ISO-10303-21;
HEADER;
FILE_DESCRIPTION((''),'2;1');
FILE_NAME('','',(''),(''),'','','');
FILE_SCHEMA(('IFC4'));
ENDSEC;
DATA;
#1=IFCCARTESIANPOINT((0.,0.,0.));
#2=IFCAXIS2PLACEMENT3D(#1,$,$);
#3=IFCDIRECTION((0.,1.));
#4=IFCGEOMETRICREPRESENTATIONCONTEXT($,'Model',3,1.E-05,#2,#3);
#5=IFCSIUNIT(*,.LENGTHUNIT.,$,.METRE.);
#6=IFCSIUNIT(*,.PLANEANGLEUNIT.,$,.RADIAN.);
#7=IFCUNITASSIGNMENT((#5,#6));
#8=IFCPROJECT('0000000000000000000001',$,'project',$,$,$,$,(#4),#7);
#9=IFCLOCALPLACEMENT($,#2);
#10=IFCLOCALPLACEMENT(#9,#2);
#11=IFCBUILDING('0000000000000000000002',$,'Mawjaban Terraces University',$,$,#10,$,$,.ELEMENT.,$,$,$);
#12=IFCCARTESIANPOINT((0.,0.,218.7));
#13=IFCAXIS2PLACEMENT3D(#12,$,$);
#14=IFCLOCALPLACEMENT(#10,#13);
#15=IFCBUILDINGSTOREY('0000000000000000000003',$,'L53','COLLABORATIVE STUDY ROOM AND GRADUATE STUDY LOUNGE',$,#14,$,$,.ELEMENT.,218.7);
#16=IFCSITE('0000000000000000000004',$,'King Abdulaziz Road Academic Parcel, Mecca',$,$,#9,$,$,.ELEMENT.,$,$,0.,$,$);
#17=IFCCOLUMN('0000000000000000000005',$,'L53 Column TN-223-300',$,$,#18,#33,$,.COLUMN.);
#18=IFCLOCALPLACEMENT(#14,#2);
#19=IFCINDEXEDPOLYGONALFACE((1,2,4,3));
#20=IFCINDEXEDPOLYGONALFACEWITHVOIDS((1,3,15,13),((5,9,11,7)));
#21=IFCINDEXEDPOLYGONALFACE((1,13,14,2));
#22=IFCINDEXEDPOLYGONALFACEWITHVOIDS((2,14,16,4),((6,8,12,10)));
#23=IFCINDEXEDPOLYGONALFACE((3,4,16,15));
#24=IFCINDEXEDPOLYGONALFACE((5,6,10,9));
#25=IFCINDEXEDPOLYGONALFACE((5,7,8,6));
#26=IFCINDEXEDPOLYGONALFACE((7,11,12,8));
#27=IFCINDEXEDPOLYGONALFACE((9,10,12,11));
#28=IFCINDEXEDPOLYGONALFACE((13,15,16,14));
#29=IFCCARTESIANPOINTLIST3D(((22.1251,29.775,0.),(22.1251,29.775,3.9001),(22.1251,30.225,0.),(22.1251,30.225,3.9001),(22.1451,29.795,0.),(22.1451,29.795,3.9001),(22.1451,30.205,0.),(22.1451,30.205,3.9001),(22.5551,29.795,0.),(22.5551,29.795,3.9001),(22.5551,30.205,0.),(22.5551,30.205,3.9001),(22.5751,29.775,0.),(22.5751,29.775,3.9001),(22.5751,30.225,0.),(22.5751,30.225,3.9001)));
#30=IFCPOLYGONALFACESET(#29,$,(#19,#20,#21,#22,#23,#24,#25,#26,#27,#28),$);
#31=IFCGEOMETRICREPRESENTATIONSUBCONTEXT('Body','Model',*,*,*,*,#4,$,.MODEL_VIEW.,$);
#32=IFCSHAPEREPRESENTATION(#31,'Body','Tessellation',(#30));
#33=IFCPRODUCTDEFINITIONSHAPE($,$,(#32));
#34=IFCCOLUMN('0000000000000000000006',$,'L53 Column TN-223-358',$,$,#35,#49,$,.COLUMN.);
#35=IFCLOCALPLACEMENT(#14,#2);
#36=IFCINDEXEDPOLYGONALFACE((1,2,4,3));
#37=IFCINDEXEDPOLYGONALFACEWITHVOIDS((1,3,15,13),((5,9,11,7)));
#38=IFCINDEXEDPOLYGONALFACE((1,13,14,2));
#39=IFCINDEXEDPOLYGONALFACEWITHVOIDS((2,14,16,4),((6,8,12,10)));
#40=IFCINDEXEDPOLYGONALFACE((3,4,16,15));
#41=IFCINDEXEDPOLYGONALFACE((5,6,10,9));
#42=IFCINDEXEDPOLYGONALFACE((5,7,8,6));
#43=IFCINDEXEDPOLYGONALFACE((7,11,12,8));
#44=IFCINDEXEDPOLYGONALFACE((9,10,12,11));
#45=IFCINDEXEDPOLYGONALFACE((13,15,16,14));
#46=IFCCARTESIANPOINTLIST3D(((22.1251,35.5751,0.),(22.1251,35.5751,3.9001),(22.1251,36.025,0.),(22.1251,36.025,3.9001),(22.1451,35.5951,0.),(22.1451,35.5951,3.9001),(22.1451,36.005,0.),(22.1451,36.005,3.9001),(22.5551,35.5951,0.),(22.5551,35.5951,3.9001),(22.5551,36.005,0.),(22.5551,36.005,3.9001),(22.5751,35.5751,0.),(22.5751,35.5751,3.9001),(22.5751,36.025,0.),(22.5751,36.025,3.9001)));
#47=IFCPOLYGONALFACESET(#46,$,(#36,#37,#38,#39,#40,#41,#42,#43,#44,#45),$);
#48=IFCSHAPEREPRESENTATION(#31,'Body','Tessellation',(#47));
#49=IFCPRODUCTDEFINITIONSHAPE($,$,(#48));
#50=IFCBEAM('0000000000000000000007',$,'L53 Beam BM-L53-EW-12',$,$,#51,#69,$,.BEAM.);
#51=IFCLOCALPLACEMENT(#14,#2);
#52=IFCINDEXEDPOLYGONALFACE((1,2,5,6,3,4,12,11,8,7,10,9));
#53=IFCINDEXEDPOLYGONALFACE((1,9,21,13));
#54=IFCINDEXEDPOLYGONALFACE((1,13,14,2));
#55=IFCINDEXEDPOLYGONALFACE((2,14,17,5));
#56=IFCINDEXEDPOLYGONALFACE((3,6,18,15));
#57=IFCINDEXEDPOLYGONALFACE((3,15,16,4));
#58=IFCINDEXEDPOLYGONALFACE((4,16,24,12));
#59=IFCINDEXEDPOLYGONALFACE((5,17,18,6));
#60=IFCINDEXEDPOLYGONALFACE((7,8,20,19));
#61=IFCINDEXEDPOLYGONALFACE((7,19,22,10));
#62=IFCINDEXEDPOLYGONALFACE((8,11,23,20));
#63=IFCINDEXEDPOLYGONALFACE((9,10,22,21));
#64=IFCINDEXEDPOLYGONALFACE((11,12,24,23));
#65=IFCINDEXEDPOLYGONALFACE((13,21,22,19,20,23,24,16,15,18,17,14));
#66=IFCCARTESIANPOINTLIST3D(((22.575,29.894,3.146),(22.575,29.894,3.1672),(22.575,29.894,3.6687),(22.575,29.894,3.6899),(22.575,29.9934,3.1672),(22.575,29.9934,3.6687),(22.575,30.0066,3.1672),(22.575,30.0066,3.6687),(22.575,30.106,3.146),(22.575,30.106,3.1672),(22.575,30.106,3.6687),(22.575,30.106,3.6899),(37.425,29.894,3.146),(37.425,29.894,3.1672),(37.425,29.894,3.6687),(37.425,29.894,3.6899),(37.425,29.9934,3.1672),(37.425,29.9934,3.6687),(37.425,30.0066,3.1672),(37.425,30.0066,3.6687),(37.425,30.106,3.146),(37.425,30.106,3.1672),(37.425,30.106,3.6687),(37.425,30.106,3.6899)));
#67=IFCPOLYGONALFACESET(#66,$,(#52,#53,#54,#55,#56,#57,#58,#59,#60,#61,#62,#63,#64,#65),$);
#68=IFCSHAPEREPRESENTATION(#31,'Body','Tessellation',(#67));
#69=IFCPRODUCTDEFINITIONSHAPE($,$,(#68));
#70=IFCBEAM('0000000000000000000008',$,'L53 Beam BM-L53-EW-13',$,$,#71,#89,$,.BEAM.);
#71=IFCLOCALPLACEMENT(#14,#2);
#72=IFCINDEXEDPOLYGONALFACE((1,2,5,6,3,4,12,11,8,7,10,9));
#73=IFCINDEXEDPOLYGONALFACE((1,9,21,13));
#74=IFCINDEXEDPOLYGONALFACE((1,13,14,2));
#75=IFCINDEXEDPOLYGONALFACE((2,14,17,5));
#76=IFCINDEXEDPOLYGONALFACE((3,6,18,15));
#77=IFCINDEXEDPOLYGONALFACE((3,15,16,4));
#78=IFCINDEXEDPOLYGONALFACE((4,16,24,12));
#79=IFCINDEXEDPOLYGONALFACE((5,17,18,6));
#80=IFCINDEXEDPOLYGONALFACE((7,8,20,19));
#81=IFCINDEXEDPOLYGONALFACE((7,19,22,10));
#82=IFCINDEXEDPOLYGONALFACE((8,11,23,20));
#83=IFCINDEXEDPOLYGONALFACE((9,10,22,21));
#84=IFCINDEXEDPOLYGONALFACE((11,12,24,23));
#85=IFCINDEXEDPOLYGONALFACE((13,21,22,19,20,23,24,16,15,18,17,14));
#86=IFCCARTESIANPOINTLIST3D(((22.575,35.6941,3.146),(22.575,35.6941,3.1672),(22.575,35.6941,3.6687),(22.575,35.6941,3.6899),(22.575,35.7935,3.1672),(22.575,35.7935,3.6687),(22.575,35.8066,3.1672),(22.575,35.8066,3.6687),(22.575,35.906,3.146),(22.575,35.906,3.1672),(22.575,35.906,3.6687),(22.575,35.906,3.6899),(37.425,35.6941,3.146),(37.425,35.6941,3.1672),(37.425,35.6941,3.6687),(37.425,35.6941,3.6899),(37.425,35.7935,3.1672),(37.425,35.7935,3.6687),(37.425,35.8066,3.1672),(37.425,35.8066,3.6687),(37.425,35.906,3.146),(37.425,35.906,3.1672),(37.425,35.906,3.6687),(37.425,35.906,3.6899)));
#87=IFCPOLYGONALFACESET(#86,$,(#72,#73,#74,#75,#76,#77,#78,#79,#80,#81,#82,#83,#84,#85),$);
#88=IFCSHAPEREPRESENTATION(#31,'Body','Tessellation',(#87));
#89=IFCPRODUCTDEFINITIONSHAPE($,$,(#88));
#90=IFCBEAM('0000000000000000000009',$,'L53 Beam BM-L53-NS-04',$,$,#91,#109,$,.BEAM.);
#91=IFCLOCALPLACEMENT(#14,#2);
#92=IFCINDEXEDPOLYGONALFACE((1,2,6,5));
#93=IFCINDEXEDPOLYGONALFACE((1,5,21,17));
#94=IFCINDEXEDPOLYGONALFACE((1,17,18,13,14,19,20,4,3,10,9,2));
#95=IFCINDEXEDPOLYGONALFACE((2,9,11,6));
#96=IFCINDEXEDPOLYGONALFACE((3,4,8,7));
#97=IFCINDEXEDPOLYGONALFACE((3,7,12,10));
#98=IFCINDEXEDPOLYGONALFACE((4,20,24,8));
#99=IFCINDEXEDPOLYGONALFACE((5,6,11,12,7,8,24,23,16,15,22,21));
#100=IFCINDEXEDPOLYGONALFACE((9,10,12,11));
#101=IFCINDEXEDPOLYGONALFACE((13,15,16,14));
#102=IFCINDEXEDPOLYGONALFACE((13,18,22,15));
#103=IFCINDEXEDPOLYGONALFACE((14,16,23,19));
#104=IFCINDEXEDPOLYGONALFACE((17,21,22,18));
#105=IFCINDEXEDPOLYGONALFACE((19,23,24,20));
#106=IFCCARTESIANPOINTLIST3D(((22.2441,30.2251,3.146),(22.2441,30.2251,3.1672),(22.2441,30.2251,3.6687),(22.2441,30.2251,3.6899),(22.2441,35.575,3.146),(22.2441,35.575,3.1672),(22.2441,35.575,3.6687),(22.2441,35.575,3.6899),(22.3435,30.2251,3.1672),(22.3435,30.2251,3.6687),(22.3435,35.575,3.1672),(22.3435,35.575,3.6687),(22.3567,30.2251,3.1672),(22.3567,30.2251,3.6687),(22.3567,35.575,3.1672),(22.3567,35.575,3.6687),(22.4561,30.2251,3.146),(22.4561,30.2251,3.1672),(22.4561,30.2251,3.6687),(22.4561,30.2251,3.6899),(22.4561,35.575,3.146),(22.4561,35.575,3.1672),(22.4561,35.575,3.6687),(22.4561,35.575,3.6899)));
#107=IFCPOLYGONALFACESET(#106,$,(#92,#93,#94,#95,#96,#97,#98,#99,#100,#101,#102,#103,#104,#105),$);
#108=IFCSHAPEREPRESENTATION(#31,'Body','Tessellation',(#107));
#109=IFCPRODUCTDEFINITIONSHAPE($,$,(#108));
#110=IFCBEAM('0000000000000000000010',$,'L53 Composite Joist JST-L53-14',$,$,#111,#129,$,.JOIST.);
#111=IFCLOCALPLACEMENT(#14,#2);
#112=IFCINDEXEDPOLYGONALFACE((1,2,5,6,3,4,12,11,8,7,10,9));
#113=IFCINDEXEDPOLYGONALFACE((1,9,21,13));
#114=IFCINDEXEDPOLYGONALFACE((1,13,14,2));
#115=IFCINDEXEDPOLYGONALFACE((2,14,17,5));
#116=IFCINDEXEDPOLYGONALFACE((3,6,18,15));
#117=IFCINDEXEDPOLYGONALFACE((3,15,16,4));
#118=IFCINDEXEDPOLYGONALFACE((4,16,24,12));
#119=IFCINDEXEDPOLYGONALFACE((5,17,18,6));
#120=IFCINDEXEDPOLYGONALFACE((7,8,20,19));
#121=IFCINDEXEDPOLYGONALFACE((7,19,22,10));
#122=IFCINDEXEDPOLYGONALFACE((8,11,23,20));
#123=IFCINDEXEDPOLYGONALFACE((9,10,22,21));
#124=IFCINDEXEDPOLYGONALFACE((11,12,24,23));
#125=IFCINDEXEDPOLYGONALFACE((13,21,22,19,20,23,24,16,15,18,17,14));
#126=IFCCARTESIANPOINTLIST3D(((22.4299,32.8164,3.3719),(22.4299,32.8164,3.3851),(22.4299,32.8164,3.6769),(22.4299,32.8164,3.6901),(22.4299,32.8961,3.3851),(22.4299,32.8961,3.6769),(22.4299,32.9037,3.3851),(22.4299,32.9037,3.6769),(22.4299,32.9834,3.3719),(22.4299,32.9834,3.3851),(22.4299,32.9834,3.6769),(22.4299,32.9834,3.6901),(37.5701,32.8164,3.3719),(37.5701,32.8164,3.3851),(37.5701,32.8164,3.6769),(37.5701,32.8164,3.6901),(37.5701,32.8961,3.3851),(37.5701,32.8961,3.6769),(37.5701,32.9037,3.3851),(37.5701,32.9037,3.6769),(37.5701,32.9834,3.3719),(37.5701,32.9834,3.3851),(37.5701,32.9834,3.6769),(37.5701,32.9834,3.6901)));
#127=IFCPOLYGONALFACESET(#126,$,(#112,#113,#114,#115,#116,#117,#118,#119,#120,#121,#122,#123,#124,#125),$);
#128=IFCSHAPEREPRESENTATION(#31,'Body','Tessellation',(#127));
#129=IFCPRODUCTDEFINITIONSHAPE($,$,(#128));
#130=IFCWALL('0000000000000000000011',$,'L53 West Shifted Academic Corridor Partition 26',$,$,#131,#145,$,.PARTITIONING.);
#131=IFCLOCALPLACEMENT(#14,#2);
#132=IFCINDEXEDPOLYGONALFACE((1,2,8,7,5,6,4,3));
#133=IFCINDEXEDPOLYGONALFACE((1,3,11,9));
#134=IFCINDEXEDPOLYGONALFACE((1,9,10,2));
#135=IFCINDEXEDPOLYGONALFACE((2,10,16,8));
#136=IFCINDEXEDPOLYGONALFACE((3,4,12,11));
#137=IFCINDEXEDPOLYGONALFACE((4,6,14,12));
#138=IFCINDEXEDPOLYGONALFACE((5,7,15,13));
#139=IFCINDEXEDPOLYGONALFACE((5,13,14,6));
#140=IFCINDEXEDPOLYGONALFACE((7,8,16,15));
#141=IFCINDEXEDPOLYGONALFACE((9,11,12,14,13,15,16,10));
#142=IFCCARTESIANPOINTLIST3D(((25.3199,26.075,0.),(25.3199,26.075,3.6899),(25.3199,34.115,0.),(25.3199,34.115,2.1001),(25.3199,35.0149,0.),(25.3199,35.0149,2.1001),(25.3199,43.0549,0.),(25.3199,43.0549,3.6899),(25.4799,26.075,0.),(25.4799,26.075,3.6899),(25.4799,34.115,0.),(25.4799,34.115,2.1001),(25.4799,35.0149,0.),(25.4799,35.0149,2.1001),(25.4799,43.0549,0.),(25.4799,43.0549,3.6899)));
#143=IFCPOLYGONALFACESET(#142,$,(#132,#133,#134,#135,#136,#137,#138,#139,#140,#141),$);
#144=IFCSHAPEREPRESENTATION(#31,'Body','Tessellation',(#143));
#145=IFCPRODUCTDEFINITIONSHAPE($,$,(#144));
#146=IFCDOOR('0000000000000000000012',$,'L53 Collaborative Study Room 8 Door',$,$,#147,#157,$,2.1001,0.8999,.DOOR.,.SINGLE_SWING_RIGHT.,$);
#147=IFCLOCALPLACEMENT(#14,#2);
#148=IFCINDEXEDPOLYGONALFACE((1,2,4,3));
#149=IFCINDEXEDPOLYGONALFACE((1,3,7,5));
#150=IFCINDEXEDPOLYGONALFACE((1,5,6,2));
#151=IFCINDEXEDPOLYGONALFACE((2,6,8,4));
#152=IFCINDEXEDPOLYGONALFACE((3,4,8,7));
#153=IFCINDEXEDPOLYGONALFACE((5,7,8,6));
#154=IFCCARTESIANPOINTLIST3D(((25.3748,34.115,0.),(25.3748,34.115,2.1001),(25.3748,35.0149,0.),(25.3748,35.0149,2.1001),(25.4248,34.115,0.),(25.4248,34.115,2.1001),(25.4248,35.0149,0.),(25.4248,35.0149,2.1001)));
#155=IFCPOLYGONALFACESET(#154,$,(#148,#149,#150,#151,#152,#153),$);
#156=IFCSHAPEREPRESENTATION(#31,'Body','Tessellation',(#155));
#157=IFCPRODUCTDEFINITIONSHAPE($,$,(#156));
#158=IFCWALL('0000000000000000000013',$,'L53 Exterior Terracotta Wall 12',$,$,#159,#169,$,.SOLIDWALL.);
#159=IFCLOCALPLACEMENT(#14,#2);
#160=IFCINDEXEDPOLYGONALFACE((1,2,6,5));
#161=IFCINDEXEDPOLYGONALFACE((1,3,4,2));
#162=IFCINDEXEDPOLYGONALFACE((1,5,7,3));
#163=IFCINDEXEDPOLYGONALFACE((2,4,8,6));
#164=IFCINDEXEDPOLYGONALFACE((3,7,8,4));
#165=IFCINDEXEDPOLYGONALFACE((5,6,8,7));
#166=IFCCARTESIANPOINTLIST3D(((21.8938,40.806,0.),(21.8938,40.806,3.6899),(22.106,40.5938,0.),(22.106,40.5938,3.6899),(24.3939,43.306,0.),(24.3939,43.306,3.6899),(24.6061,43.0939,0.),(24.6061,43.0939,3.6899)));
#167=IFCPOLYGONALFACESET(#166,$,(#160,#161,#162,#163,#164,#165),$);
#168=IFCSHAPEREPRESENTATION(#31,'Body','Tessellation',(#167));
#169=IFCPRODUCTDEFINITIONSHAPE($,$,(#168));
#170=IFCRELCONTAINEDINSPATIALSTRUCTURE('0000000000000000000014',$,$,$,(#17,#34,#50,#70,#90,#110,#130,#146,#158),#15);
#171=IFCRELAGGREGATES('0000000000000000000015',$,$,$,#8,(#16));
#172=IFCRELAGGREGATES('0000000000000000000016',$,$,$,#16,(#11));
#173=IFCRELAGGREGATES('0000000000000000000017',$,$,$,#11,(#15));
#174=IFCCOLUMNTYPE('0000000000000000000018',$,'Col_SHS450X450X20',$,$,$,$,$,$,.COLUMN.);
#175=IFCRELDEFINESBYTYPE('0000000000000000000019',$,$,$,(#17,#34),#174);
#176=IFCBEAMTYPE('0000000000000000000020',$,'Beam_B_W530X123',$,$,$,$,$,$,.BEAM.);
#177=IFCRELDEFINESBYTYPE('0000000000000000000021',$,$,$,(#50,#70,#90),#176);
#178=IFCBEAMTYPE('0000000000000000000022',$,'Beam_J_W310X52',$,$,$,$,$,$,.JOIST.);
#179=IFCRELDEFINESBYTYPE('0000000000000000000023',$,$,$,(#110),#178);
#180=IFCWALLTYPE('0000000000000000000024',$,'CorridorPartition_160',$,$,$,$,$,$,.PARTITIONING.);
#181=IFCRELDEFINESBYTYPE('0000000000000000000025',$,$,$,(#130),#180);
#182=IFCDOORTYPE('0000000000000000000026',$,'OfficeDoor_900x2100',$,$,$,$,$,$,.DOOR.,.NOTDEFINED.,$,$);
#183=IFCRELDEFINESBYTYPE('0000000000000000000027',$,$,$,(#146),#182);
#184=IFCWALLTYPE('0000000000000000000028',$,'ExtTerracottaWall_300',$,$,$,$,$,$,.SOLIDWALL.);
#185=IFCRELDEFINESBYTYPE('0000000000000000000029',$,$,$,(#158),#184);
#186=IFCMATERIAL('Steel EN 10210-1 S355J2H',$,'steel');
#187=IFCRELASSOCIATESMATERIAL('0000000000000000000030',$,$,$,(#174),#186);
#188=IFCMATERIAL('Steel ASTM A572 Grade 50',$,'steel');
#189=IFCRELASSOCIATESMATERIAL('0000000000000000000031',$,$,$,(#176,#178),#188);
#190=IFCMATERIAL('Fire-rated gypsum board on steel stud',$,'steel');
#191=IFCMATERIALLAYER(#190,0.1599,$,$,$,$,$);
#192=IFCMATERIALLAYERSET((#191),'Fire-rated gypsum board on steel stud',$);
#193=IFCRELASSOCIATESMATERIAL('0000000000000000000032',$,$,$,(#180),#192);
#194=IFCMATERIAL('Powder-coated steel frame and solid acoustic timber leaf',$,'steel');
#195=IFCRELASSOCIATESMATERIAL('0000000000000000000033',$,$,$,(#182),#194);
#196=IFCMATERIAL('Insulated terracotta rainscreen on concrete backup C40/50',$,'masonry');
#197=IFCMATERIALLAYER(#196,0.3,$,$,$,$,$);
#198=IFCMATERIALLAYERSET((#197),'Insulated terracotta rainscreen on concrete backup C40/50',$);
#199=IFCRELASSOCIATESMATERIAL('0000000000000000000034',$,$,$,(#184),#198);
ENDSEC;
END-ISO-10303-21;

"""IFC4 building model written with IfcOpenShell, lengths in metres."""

from ifc_helpers import new_model, si_unit, direction, frame, frame_2d, origin, origin_2d, place, context, subcontext, project, spatial, rectangle, hollow_rectangle, i_section, extrude, material, layer, layer_set, material_profile, profile_set, type_object, element, fill, save


model = new_model("IFC4")

# Units and contexts
model_context = context("Model", 3, precision=1e-05, world=origin(), true_north=direction((0.0, 1.0)))
body_context = subcontext(model_context, "Body", "Model", "MODEL_VIEW")
ifc_project = project(units=[si_unit("LENGTHUNIT", "METRE"), si_unit("PLANEANGLEUNIT", "RADIAN")], contexts=[model_context])

# Site, building, storey
site_placement = place(None, origin())
site = spatial("IfcSite", under=ifc_project, at=site_placement, Name="King Abdulaziz Road Academic Parcel, Mecca", CompositionType="ELEMENT", RefElevation=0.0)
building_placement = place(site_placement, origin())
building = spatial("IfcBuilding", under=site, at=building_placement, Name="Mawjaban Terraces University", CompositionType="ELEMENT")
storey_placement = place(building_placement, frame((0.0, 0.0, 218.7)))
storey = spatial("IfcBuildingStorey", under=building, at=storey_placement, Name="L53", Description="COLLABORATIVE STUDY ROOM AND GRADUATE STUDY LOUNGE", CompositionType="ELEMENT", Elevation=218.7)

# Columns
ifc_material_1 = material(Name="Steel EN 10210-1 S355J2H", Category="steel")
ifc_material_profile_1 = material_profile(ifc_material_1, hollow_rectangle(XDim=0.45, YDim=0.45, WallThickness=0.02, at=origin_2d()), Name="SHS450X450X20")
ifc_profile_set_1 = profile_set([ifc_material_profile_1], Name="Steel EN 10210-1 S355J2H")
column_type = type_object("IfcColumnType", Name="Col_SHS450X450X20", PredefinedType="COLUMN", material=ifc_profile_set_1)
for number, where, z_axis, x_axis, name in (
    (1, (22.3501, 30.0, 0.0), (0.0, 0.0, 1.0), (1.0, 0.0, 0.0), "L53 Column TN-223-300"),
    (2, (22.3501, 35.8, 0.0), (0.0, 0.0, 1.0), (1.0, 0.0, 0.0), "L53 Column TN-223-358"),
):
    element("IfcColumn", number, at=place(storey_placement, frame(where, z_axis=z_axis, x_axis=x_axis)), inside=storey, type_object=column_type, Name=name, PredefinedType="COLUMN", context=body_context, shape_type="SweptSolid", body=[
        extrude(hollow_rectangle(XDim=0.45, YDim=0.45, WallThickness=0.02, at=origin_2d()), origin(), (0.0, 0.0, 1.0), 3.9001),
    ])

# Beams
ifc_material_2 = material(Name="Steel ASTM A572 Grade 50", Category="steel")
ifc_material_profile_2 = material_profile(ifc_material_2, i_section(OverallWidth=0.2119, OverallDepth=0.5439, WebThickness=0.0132, FlangeThickness=0.0212, at=origin_2d()), Name="W530X123")
ifc_profile_set_2 = profile_set([ifc_material_profile_2], Name="Steel ASTM A572 Grade 50")
beam_type_1 = type_object("IfcBeamType", Name="Beam_B_W530X123", PredefinedType="BEAM", material=ifc_profile_set_2)
for number, where, z_axis, x_axis, name in (
    (3, (22.575, 30.0, 3.418), (1.0, 0.0, 0.0), (0.0, 1.0, 0.0), "L53 Beam BM-L53-EW-12"),
    (4, (22.575, 35.8, 3.418), (1.0, 0.0, 0.0), (0.0, 1.0, 0.0), "L53 Beam BM-L53-EW-13"),
):
    element("IfcBeam", number, at=place(storey_placement, frame(where, z_axis=z_axis, x_axis=x_axis)), inside=storey, type_object=beam_type_1, Name=name, PredefinedType="BEAM", context=body_context, shape_type="SweptSolid", body=[
        extrude(i_section(OverallWidth=0.2119, OverallDepth=0.5439, WebThickness=0.0132, FlangeThickness=0.0212, at=origin_2d()), origin(), (0.0, 0.0, 1.0), 14.8501),
    ])
beam_1_placement = place(storey_placement, frame((22.3501, 30.2251, 3.418), z_axis=(0.0, 1.0, 0.0), x_axis=(-1.0, 0.0, 0.0)))
element("IfcBeam", 5, at=beam_1_placement, inside=storey, type_object=beam_type_1, Name="L53 Beam BM-L53-NS-04", PredefinedType="BEAM", context=body_context, shape_type="SweptSolid", body=[
    extrude(i_section(OverallWidth=0.2119, OverallDepth=0.5439, WebThickness=0.0132, FlangeThickness=0.0212, at=origin_2d()), origin(), (0.0, 0.0, 1.0), 5.3499),
])
ifc_material_profile_3 = material_profile(ifc_material_2, i_section(OverallWidth=0.167, OverallDepth=0.3181, WebThickness=0.0076, FlangeThickness=0.0132, at=origin_2d()), Name="W310X52")
ifc_profile_set_3 = profile_set([ifc_material_profile_3], Name="Steel ASTM A572 Grade 50")
beam_type_2 = type_object("IfcBeamType", Name="Beam_J_W310X52", PredefinedType="JOIST", material=ifc_profile_set_3)
beam_2_placement = place(storey_placement, frame((22.4299, 32.8999, 3.531), z_axis=(1.0, 0.0, 0.0), x_axis=(0.0, 1.0, 0.0)))
element("IfcBeam", 6, at=beam_2_placement, inside=storey, type_object=beam_type_2, Name="L53 Composite Joist JST-L53-14", PredefinedType="JOIST", context=body_context, shape_type="SweptSolid", body=[
    extrude(i_section(OverallWidth=0.167, OverallDepth=0.3181, WebThickness=0.0076, FlangeThickness=0.0132, at=origin_2d()), origin(), (0.0, 0.0, 1.0), 15.1401),
])

# Wall, opening, door
ifc_material_3 = material(Name="Fire-rated gypsum board on steel stud", Category="steel")
ifc_layer_1 = layer(ifc_material_3, 0.1599)
ifc_layer_set_1 = layer_set([ifc_layer_1], Name="Fire-rated gypsum board on steel stud")
wall_type_1 = type_object("IfcWallType", Name="CorridorPartition_160", PredefinedType="PARTITIONING", material=ifc_layer_set_1)
wall_1_placement = place(storey_placement, frame((25.3999, 43.0549, 0.0), z_axis=(0.0, 0.0, 1.0), x_axis=(0.0, -1.0, 0.0)))
wall_1 = element("IfcWall", 7, at=wall_1_placement, inside=storey, type_object=wall_type_1, Name="L53 West Shifted Academic Corridor Partition 26", PredefinedType="PARTITIONING", context=body_context, shape_type="SweptSolid", body=[
    extrude(rectangle(XDim=16.98, YDim=0.1599, at=frame_2d((8.49, 0.0))), origin(), (0.0, 0.0, 1.0), 3.6899),
])
opening_1_placement = place(wall_1_placement, frame((8.04, 0.0, 0.0)))
opening_1 = element("IfcOpeningElement", 8, at=opening_1_placement, cuts=wall_1, PredefinedType="OPENING", context=body_context, shape_type="SweptSolid", body=[
    extrude(rectangle(XDim=0.8999, YDim=2.1001, at=frame_2d((0.45, 1.05))), frame((0.0, 0.0898, 0.0), z_axis=(0.0, -1.0, 0.0), x_axis=(1.0, 0.0, 0.0)), (0.0, 0.0, 1.0), 0.1799),
])
ifc_material_4 = material(Name="Powder-coated steel frame and solid acoustic timber leaf", Category="steel")
door_type_1 = type_object("IfcDoorType", Name="OfficeDoor_900x2100", OperationType="NOTDEFINED", PredefinedType="DOOR", material=ifc_material_4)
door_1_placement = place(opening_1_placement, origin())
door_1 = element("IfcDoor", 9, at=door_1_placement, inside=storey, type_object=door_type_1, Name="L53 Collaborative Study Room 8 Door", OperationType="SINGLE_SWING_RIGHT", OverallHeight=2.1001, OverallWidth=0.8999, PredefinedType="DOOR", context=body_context, shape_type="SweptSolid", body=[
    extrude(rectangle(XDim=0.8999, YDim=2.1001, at=frame_2d((0.45, 1.05))), frame((0.0, 0.0249, 0.0), z_axis=(0.0, -1.0, 0.0), x_axis=(1.0, 0.0, 0.0)), (0.0, 0.0, 1.0), 0.05),
])
fill(opening_1, door_1)

# Wall
ifc_material_5 = material(Name="Insulated terracotta rainscreen on concrete backup C40/50", Category="masonry")
ifc_layer_2 = layer(ifc_material_5, 0.3)
ifc_layer_set_2 = layer_set([ifc_layer_2], Name="Insulated terracotta rainscreen on concrete backup C40/50")
wall_type_2 = type_object("IfcWallType", Name="ExtTerracottaWall_300", PredefinedType="SOLIDWALL", material=ifc_layer_set_2)
wall_2_placement = place(storey_placement, frame((24.5, 43.2, 0.0), z_axis=(0.0, 0.0, 1.0), x_axis=(-0.707107, -0.707107, 0.0)))
element("IfcWall", 10, at=wall_2_placement, inside=storey, type_object=wall_type_2, Name="L53 Exterior Terracotta Wall 12", PredefinedType="SOLIDWALL", context=body_context, shape_type="SweptSolid", body=[
    extrude(rectangle(XDim=3.5356, YDim=0.3, at=frame_2d((1.7678, 0.0))), origin(), (0.0, 0.0, 1.0), 3.6899),
])

save(model, "model.ifc")
